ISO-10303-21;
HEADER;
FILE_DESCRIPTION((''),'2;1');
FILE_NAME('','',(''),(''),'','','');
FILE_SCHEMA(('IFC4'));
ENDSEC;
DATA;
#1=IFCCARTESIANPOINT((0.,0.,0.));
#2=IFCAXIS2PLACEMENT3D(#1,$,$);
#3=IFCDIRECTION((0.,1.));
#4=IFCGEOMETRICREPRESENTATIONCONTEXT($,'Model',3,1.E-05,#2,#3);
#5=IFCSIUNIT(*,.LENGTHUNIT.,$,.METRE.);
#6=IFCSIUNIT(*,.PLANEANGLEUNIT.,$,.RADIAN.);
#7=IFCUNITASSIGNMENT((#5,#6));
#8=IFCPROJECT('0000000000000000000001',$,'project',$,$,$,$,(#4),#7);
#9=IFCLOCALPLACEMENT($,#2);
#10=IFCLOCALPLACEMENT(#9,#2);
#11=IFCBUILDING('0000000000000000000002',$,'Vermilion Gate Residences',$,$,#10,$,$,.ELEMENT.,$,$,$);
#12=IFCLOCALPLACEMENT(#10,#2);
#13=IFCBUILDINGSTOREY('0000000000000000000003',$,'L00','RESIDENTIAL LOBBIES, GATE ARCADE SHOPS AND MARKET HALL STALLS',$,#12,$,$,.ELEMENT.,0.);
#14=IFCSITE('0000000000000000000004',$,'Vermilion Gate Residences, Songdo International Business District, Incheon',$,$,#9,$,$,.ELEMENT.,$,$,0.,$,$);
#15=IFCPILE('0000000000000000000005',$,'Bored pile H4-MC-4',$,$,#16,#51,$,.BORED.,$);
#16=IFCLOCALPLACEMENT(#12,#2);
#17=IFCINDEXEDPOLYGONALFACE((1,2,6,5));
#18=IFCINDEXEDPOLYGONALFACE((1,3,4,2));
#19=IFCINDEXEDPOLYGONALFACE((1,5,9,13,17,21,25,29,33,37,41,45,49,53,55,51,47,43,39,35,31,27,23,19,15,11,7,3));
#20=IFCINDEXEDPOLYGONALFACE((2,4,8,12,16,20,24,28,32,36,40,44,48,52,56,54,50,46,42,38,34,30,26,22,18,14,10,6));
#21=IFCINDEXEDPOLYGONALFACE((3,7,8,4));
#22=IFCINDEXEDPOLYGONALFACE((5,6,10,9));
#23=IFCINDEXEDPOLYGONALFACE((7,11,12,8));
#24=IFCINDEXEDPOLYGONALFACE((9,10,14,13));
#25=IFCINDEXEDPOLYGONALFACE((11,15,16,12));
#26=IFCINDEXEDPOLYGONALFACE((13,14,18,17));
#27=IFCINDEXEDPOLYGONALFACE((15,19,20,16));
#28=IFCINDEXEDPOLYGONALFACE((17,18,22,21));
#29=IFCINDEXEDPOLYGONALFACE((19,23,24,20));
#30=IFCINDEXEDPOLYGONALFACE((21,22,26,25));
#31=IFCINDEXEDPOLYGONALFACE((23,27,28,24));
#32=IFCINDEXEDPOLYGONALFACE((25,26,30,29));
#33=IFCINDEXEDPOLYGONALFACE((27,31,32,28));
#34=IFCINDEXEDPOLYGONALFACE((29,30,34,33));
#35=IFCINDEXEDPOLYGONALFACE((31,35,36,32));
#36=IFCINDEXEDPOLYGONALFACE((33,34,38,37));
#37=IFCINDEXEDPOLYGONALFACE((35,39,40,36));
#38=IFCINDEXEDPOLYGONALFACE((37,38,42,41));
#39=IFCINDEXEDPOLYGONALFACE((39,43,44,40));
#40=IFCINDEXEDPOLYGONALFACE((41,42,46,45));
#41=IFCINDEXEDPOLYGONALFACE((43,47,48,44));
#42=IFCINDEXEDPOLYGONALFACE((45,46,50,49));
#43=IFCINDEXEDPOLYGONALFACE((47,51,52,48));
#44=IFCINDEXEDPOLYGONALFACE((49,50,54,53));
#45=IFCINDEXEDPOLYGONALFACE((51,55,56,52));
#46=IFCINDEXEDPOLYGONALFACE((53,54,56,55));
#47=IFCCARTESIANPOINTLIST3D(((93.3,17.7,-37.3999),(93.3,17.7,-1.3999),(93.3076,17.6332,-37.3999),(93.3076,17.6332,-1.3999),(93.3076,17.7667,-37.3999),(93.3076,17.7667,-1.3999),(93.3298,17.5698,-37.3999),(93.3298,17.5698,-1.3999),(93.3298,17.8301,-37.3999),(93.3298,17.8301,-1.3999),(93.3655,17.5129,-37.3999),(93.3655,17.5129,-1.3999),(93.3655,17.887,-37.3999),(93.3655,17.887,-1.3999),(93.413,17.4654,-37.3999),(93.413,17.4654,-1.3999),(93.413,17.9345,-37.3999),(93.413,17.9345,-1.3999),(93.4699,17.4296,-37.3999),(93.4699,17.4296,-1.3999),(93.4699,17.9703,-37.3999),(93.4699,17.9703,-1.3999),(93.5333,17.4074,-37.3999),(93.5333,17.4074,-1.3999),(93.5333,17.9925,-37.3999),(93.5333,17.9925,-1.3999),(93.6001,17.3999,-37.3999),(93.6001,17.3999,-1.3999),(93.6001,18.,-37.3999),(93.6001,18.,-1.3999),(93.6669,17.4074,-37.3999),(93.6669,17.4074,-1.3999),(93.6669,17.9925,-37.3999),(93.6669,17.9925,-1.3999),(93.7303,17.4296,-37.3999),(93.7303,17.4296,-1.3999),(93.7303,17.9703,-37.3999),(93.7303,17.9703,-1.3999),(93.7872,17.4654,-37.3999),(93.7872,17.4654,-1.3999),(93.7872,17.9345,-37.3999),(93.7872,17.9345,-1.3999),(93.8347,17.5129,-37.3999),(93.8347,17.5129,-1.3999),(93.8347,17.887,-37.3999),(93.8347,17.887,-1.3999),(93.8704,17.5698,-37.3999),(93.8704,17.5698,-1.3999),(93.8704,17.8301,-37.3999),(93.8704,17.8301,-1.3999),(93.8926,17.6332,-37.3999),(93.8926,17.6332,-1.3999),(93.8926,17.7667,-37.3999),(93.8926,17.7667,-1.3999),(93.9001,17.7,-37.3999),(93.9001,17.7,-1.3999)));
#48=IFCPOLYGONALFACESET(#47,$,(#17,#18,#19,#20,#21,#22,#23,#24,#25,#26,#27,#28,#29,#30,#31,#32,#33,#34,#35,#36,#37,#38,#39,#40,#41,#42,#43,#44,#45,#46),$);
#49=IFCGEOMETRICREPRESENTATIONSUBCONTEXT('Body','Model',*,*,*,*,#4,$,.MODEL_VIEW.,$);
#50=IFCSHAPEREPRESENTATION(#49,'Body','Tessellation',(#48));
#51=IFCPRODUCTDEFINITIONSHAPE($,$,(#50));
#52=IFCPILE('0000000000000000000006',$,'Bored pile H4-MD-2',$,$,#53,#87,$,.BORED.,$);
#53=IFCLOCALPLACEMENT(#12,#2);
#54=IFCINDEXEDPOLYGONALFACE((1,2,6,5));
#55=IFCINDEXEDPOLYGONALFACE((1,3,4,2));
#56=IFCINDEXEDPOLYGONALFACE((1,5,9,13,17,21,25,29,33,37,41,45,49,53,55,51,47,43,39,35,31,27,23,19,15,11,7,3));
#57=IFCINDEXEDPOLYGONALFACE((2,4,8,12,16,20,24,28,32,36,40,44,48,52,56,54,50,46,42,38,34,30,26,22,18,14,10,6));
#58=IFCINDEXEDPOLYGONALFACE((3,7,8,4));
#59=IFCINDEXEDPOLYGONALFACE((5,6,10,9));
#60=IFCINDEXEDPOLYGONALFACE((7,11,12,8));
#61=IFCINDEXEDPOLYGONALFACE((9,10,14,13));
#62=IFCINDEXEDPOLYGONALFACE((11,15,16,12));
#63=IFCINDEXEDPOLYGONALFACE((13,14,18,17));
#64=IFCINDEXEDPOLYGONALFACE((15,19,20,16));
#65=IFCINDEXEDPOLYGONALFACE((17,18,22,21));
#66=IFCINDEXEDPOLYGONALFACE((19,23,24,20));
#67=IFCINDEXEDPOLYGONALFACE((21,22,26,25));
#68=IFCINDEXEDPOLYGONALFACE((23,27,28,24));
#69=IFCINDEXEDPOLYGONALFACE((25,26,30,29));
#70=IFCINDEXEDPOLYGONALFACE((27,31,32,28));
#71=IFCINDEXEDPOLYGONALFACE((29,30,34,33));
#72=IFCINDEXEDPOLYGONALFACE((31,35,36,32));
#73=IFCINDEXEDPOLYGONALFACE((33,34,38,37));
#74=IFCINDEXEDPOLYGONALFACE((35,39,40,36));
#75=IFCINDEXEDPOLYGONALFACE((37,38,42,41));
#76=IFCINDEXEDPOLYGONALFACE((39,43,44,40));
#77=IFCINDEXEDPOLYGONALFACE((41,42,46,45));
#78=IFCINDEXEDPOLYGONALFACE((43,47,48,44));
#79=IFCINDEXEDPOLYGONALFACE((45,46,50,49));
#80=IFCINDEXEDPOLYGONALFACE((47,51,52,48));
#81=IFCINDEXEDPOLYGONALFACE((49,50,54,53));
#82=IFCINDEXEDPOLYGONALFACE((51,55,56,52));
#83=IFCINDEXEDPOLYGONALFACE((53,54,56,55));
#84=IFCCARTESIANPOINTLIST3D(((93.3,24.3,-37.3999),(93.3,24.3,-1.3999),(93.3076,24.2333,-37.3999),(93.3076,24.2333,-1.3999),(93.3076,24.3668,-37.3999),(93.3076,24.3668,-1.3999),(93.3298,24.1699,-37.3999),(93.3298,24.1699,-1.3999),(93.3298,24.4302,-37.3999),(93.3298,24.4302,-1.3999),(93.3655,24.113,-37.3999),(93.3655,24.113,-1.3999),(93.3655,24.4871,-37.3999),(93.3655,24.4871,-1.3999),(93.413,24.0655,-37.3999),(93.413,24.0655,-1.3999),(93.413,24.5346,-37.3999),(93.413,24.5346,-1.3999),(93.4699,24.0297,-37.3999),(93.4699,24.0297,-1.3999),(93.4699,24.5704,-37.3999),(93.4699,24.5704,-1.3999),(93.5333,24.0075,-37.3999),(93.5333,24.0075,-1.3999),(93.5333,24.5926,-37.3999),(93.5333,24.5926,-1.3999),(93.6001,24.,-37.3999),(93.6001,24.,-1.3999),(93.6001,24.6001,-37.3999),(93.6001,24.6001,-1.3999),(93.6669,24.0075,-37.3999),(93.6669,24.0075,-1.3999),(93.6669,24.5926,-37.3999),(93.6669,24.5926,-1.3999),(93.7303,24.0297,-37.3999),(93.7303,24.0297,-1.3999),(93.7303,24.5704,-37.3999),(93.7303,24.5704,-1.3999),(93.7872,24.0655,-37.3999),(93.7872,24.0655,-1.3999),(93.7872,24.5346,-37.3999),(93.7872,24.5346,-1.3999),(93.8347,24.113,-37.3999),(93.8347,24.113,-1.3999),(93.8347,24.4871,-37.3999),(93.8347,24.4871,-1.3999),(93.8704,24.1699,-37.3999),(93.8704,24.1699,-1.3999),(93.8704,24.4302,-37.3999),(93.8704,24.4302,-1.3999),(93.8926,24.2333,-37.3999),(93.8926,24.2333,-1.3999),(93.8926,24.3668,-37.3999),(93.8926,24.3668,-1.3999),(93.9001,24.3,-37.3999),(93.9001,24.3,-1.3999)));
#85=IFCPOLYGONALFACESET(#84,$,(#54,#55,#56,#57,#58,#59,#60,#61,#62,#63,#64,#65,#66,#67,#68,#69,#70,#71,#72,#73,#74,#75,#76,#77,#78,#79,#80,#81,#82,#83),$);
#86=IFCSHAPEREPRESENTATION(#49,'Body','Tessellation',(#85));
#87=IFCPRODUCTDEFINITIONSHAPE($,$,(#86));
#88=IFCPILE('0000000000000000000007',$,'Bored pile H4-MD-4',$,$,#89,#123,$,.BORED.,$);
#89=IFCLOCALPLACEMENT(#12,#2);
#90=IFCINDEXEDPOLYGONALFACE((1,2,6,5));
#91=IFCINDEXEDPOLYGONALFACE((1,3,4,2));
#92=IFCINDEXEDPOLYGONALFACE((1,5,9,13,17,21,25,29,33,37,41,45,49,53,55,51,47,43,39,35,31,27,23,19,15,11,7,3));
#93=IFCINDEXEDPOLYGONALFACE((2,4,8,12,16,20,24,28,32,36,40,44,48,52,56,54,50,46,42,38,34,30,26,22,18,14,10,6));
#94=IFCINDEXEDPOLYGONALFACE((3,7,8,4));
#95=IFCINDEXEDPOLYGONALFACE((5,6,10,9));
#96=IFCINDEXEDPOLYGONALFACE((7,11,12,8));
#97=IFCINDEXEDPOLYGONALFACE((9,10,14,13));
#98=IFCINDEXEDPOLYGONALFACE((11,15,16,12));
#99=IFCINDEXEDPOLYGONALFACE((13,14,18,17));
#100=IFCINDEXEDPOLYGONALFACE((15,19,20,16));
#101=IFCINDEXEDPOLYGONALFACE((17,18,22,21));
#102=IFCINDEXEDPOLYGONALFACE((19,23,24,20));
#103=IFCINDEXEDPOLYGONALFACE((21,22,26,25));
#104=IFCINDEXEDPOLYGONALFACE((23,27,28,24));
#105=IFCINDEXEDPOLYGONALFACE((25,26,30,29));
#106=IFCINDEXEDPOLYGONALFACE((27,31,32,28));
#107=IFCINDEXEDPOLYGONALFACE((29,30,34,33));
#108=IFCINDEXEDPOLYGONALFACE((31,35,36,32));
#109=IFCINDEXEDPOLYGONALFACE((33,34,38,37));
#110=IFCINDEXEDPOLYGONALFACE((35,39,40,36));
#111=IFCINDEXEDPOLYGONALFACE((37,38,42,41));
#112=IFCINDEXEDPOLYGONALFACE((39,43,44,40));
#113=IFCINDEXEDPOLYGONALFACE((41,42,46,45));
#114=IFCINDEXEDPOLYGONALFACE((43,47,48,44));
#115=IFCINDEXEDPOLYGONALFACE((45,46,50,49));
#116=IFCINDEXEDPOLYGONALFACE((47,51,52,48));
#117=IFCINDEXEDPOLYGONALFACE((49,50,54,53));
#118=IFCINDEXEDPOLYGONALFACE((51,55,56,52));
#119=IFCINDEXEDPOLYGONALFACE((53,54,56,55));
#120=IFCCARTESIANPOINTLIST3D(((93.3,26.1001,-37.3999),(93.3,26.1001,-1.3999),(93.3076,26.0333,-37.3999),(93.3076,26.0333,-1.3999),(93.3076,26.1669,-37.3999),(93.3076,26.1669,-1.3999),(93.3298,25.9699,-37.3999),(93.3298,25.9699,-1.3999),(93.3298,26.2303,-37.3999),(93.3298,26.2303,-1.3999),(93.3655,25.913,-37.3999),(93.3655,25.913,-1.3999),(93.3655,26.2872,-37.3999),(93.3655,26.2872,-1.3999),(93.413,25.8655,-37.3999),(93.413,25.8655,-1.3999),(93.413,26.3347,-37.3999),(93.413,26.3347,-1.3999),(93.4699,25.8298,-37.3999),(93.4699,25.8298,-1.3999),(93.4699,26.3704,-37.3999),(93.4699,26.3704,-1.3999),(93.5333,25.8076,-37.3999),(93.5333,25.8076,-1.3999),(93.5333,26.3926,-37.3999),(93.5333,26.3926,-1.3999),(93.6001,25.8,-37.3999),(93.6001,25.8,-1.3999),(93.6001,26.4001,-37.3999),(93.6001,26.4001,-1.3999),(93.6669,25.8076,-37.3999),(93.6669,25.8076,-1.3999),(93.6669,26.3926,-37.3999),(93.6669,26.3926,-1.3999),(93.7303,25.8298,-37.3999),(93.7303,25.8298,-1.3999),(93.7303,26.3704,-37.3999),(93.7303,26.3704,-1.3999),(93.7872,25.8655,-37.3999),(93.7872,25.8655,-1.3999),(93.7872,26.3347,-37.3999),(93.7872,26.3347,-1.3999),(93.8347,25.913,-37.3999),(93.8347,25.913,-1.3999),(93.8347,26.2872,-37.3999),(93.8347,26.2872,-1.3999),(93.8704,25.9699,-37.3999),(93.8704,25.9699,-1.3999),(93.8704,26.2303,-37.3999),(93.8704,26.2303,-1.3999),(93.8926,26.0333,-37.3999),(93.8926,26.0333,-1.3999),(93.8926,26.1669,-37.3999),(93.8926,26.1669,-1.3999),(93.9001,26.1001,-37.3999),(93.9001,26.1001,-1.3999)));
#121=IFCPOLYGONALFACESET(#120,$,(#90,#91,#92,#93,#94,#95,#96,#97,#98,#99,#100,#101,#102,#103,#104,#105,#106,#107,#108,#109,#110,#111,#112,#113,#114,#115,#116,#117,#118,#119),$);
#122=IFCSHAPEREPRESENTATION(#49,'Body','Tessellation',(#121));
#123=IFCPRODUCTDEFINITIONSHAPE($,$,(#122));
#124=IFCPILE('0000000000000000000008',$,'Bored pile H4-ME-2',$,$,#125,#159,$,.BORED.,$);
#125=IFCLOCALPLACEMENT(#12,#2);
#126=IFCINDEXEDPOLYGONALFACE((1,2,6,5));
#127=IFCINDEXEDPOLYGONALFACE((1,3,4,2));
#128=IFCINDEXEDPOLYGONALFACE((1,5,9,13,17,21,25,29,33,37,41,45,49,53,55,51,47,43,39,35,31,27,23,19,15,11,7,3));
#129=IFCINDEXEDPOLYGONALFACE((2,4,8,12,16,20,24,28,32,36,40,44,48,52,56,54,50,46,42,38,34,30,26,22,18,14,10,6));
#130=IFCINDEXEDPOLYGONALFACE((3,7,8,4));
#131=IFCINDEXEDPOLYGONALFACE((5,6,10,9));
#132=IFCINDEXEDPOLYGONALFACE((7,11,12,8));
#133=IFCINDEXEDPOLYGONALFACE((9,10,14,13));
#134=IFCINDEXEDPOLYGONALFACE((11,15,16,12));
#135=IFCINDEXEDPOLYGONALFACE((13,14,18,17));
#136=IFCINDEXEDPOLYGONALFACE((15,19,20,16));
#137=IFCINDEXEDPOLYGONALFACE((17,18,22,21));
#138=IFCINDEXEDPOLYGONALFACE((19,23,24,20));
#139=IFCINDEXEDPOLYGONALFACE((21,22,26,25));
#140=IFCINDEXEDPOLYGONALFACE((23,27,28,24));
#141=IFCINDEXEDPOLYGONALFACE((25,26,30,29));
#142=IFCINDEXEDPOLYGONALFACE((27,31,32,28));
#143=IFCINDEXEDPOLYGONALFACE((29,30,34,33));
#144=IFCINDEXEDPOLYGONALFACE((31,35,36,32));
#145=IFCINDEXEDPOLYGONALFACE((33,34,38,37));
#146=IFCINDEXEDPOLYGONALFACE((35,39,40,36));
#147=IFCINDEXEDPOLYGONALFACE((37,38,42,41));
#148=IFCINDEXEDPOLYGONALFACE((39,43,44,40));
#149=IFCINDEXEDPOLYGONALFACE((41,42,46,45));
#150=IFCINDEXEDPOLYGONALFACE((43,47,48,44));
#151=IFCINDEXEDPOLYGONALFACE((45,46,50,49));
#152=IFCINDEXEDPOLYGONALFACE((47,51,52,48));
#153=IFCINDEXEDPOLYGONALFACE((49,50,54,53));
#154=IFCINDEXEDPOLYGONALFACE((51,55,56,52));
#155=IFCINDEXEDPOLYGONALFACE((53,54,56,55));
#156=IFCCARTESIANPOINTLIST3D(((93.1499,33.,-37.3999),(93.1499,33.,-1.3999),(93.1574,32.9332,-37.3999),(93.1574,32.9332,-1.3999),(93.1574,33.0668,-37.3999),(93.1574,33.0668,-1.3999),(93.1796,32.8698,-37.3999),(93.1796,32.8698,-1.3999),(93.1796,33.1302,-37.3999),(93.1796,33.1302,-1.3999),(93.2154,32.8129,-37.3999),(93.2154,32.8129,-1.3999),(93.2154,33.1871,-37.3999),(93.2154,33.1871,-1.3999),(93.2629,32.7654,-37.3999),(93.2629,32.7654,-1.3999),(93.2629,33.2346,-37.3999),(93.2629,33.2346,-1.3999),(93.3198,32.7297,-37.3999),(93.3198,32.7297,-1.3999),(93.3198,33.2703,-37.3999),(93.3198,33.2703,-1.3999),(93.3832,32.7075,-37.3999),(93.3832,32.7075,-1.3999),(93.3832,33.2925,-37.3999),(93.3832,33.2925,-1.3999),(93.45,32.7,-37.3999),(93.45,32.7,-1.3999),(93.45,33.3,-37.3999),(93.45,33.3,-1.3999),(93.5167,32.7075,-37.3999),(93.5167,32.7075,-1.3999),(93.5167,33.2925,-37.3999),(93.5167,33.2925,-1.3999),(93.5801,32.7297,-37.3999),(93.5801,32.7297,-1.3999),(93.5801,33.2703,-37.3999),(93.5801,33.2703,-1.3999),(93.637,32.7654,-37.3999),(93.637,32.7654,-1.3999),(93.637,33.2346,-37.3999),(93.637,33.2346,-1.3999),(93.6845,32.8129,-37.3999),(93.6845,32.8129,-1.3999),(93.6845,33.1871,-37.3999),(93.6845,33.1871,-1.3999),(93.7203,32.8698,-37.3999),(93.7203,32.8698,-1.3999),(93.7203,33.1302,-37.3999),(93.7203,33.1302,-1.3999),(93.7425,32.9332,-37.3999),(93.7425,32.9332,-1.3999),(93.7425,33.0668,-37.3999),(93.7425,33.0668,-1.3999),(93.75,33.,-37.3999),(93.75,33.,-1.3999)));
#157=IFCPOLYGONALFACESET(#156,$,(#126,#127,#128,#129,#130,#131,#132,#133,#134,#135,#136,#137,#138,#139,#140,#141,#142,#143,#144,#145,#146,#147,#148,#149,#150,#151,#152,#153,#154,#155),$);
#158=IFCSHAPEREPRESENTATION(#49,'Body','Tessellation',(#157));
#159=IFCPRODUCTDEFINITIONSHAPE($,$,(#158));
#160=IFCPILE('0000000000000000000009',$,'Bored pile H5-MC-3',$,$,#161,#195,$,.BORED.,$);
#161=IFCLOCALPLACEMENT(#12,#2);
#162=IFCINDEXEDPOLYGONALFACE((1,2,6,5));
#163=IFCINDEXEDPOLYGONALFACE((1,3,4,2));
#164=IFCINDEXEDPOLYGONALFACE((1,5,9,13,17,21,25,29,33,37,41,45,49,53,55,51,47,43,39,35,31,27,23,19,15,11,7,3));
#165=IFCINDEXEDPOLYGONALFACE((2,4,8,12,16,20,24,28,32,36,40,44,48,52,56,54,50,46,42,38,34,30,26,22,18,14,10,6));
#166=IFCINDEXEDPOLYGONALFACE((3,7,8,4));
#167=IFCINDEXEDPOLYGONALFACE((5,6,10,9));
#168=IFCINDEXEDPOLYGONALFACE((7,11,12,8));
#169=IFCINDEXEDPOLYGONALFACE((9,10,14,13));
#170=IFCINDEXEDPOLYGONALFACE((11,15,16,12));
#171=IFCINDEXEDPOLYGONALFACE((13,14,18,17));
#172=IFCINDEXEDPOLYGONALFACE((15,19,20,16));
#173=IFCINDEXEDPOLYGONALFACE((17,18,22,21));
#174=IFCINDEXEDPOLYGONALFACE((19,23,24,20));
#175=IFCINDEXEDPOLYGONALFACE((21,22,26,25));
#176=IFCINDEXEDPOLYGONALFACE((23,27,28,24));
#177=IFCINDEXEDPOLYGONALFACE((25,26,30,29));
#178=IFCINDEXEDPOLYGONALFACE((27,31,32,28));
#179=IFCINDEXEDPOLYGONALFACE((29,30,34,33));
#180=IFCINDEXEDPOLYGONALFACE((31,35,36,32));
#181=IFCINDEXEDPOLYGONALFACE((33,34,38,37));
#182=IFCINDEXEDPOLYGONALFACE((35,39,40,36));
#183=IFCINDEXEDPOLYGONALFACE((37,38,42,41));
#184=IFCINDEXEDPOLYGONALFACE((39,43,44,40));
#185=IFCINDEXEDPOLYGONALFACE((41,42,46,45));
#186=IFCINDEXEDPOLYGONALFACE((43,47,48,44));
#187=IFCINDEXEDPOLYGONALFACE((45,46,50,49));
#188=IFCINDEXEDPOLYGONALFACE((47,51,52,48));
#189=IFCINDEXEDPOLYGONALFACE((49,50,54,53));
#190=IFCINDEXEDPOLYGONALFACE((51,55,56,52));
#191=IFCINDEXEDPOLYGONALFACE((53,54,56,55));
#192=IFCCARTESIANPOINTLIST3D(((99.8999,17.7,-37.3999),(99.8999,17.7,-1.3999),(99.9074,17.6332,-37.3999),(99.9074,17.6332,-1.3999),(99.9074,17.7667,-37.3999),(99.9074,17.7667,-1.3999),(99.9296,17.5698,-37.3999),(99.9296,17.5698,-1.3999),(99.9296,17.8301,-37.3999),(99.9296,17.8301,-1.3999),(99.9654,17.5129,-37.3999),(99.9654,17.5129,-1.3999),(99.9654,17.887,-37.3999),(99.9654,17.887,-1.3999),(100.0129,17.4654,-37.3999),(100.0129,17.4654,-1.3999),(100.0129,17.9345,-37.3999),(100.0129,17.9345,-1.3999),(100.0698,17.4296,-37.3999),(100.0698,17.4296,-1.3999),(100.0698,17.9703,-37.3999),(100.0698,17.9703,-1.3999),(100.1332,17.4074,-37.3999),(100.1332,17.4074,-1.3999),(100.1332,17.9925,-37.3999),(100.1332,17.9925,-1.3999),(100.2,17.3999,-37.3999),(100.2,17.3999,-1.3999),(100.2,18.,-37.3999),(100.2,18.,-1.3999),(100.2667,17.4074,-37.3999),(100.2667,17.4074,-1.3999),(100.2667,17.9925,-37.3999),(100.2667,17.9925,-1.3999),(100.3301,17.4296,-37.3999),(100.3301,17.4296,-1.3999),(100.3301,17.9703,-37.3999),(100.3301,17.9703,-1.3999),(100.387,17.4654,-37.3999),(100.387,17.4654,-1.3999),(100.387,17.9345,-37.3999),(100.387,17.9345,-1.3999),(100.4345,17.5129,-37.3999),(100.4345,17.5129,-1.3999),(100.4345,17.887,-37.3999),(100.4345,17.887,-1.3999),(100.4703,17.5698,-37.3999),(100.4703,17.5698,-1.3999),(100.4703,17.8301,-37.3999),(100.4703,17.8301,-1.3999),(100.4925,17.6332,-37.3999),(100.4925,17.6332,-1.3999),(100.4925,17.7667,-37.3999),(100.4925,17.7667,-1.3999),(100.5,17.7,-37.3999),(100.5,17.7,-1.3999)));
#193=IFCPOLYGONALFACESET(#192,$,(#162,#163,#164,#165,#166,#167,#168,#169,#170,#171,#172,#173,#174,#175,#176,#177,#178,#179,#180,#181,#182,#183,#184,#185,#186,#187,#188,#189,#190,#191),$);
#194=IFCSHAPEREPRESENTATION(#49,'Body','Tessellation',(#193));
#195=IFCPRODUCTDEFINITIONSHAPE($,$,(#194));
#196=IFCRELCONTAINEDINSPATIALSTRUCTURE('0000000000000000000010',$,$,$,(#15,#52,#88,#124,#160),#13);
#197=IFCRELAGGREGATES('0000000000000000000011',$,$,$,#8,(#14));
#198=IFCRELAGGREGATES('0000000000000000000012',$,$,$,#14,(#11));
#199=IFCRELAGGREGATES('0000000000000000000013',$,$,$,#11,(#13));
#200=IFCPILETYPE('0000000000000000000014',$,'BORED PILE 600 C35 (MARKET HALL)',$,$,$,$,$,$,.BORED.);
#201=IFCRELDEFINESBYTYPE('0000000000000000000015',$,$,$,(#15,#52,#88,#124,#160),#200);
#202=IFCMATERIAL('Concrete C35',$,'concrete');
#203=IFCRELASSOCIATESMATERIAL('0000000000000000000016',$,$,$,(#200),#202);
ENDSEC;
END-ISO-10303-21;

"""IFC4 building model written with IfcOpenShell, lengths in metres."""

from ifc_helpers import new_model, si_unit, direction, frame, origin, origin_2d, place, context, subcontext, project, spatial, circle, extrude, material, material_profile, profile_set, type_object, element, save


model = new_model("IFC4")

# Units and contexts
model_context = context("Model", 3, precision=1e-05, world=origin(), true_north=direction((0.0, 1.0)))
body_context = subcontext(model_context, "Body", "Model", "MODEL_VIEW")
ifc_project = project(units=[si_unit("LENGTHUNIT", "METRE"), si_unit("PLANEANGLEUNIT", "RADIAN")], contexts=[model_context])

# Site, building, storey
site_placement = place(None, origin())
site = spatial("IfcSite", under=ifc_project, at=site_placement, Name="Vermilion Gate Residences, Songdo International Business District, Incheon", CompositionType="ELEMENT", RefElevation=0.0)
building_placement = place(site_placement, origin())
building = spatial("IfcBuilding", under=site, at=building_placement, Name="Vermilion Gate Residences", CompositionType="ELEMENT")
storey_placement = place(building_placement, origin())
storey = spatial("IfcBuildingStorey", under=building, at=storey_placement, Name="L00", Description="RESIDENTIAL LOBBIES, GATE ARCADE SHOPS AND MARKET HALL STALLS", CompositionType="ELEMENT", Elevation=0.0)

# Piles
ifc_material_1 = material(Name="Concrete C35", Category="concrete")
ifc_material_profile_1 = material_profile(ifc_material_1, circle(Radius=0.3, at=origin_2d()), Name="BORED PILE 600 C35 (MARKET HALL)")
ifc_profile_set_1 = profile_set([ifc_material_profile_1], Name="Concrete C35")
pile_type = type_object("IfcPileType", Name="BORED PILE 600 C35 (MARKET HALL)", PredefinedType="BORED", material=ifc_profile_set_1)
for number, where, z_axis, x_axis, name in (
    (1, (93.6001, 17.7, -1.3999), (0.0, 0.0, -1.0), (1.0, 0.0, 0.0), "Bored pile H4-MC-4"),
    (2, (93.6001, 24.3, -1.3999), (0.0, 0.0, -1.0), (1.0, 0.0, 0.0), "Bored pile H4-MD-2"),
    (3, (93.6001, 26.1001, -1.3999), (0.0, 0.0, -1.0), (1.0, 0.0, 0.0), "Bored pile H4-MD-4"),
    (4, (93.45, 33.0, -1.3999), (0.0, 0.0, -1.0), (1.0, 0.0, 0.0), "Bored pile H4-ME-2"),
    (5, (100.2, 17.7, -1.3999), (0.0, 0.0, -1.0), (1.0, 0.0, 0.0), "Bored pile H5-MC-3"),
):
    element("IfcPile", number, at=place(storey_placement, frame(where, z_axis=z_axis, x_axis=x_axis)), inside=storey, type_object=pile_type, Name=name, PredefinedType="BORED", context=body_context, shape_type="SweptSolid", body=[
        extrude(circle(Radius=0.3, at=origin_2d()), origin(), (0.0, 0.0, 1.0), 36.0),
    ])

save(model, "model.ifc")
